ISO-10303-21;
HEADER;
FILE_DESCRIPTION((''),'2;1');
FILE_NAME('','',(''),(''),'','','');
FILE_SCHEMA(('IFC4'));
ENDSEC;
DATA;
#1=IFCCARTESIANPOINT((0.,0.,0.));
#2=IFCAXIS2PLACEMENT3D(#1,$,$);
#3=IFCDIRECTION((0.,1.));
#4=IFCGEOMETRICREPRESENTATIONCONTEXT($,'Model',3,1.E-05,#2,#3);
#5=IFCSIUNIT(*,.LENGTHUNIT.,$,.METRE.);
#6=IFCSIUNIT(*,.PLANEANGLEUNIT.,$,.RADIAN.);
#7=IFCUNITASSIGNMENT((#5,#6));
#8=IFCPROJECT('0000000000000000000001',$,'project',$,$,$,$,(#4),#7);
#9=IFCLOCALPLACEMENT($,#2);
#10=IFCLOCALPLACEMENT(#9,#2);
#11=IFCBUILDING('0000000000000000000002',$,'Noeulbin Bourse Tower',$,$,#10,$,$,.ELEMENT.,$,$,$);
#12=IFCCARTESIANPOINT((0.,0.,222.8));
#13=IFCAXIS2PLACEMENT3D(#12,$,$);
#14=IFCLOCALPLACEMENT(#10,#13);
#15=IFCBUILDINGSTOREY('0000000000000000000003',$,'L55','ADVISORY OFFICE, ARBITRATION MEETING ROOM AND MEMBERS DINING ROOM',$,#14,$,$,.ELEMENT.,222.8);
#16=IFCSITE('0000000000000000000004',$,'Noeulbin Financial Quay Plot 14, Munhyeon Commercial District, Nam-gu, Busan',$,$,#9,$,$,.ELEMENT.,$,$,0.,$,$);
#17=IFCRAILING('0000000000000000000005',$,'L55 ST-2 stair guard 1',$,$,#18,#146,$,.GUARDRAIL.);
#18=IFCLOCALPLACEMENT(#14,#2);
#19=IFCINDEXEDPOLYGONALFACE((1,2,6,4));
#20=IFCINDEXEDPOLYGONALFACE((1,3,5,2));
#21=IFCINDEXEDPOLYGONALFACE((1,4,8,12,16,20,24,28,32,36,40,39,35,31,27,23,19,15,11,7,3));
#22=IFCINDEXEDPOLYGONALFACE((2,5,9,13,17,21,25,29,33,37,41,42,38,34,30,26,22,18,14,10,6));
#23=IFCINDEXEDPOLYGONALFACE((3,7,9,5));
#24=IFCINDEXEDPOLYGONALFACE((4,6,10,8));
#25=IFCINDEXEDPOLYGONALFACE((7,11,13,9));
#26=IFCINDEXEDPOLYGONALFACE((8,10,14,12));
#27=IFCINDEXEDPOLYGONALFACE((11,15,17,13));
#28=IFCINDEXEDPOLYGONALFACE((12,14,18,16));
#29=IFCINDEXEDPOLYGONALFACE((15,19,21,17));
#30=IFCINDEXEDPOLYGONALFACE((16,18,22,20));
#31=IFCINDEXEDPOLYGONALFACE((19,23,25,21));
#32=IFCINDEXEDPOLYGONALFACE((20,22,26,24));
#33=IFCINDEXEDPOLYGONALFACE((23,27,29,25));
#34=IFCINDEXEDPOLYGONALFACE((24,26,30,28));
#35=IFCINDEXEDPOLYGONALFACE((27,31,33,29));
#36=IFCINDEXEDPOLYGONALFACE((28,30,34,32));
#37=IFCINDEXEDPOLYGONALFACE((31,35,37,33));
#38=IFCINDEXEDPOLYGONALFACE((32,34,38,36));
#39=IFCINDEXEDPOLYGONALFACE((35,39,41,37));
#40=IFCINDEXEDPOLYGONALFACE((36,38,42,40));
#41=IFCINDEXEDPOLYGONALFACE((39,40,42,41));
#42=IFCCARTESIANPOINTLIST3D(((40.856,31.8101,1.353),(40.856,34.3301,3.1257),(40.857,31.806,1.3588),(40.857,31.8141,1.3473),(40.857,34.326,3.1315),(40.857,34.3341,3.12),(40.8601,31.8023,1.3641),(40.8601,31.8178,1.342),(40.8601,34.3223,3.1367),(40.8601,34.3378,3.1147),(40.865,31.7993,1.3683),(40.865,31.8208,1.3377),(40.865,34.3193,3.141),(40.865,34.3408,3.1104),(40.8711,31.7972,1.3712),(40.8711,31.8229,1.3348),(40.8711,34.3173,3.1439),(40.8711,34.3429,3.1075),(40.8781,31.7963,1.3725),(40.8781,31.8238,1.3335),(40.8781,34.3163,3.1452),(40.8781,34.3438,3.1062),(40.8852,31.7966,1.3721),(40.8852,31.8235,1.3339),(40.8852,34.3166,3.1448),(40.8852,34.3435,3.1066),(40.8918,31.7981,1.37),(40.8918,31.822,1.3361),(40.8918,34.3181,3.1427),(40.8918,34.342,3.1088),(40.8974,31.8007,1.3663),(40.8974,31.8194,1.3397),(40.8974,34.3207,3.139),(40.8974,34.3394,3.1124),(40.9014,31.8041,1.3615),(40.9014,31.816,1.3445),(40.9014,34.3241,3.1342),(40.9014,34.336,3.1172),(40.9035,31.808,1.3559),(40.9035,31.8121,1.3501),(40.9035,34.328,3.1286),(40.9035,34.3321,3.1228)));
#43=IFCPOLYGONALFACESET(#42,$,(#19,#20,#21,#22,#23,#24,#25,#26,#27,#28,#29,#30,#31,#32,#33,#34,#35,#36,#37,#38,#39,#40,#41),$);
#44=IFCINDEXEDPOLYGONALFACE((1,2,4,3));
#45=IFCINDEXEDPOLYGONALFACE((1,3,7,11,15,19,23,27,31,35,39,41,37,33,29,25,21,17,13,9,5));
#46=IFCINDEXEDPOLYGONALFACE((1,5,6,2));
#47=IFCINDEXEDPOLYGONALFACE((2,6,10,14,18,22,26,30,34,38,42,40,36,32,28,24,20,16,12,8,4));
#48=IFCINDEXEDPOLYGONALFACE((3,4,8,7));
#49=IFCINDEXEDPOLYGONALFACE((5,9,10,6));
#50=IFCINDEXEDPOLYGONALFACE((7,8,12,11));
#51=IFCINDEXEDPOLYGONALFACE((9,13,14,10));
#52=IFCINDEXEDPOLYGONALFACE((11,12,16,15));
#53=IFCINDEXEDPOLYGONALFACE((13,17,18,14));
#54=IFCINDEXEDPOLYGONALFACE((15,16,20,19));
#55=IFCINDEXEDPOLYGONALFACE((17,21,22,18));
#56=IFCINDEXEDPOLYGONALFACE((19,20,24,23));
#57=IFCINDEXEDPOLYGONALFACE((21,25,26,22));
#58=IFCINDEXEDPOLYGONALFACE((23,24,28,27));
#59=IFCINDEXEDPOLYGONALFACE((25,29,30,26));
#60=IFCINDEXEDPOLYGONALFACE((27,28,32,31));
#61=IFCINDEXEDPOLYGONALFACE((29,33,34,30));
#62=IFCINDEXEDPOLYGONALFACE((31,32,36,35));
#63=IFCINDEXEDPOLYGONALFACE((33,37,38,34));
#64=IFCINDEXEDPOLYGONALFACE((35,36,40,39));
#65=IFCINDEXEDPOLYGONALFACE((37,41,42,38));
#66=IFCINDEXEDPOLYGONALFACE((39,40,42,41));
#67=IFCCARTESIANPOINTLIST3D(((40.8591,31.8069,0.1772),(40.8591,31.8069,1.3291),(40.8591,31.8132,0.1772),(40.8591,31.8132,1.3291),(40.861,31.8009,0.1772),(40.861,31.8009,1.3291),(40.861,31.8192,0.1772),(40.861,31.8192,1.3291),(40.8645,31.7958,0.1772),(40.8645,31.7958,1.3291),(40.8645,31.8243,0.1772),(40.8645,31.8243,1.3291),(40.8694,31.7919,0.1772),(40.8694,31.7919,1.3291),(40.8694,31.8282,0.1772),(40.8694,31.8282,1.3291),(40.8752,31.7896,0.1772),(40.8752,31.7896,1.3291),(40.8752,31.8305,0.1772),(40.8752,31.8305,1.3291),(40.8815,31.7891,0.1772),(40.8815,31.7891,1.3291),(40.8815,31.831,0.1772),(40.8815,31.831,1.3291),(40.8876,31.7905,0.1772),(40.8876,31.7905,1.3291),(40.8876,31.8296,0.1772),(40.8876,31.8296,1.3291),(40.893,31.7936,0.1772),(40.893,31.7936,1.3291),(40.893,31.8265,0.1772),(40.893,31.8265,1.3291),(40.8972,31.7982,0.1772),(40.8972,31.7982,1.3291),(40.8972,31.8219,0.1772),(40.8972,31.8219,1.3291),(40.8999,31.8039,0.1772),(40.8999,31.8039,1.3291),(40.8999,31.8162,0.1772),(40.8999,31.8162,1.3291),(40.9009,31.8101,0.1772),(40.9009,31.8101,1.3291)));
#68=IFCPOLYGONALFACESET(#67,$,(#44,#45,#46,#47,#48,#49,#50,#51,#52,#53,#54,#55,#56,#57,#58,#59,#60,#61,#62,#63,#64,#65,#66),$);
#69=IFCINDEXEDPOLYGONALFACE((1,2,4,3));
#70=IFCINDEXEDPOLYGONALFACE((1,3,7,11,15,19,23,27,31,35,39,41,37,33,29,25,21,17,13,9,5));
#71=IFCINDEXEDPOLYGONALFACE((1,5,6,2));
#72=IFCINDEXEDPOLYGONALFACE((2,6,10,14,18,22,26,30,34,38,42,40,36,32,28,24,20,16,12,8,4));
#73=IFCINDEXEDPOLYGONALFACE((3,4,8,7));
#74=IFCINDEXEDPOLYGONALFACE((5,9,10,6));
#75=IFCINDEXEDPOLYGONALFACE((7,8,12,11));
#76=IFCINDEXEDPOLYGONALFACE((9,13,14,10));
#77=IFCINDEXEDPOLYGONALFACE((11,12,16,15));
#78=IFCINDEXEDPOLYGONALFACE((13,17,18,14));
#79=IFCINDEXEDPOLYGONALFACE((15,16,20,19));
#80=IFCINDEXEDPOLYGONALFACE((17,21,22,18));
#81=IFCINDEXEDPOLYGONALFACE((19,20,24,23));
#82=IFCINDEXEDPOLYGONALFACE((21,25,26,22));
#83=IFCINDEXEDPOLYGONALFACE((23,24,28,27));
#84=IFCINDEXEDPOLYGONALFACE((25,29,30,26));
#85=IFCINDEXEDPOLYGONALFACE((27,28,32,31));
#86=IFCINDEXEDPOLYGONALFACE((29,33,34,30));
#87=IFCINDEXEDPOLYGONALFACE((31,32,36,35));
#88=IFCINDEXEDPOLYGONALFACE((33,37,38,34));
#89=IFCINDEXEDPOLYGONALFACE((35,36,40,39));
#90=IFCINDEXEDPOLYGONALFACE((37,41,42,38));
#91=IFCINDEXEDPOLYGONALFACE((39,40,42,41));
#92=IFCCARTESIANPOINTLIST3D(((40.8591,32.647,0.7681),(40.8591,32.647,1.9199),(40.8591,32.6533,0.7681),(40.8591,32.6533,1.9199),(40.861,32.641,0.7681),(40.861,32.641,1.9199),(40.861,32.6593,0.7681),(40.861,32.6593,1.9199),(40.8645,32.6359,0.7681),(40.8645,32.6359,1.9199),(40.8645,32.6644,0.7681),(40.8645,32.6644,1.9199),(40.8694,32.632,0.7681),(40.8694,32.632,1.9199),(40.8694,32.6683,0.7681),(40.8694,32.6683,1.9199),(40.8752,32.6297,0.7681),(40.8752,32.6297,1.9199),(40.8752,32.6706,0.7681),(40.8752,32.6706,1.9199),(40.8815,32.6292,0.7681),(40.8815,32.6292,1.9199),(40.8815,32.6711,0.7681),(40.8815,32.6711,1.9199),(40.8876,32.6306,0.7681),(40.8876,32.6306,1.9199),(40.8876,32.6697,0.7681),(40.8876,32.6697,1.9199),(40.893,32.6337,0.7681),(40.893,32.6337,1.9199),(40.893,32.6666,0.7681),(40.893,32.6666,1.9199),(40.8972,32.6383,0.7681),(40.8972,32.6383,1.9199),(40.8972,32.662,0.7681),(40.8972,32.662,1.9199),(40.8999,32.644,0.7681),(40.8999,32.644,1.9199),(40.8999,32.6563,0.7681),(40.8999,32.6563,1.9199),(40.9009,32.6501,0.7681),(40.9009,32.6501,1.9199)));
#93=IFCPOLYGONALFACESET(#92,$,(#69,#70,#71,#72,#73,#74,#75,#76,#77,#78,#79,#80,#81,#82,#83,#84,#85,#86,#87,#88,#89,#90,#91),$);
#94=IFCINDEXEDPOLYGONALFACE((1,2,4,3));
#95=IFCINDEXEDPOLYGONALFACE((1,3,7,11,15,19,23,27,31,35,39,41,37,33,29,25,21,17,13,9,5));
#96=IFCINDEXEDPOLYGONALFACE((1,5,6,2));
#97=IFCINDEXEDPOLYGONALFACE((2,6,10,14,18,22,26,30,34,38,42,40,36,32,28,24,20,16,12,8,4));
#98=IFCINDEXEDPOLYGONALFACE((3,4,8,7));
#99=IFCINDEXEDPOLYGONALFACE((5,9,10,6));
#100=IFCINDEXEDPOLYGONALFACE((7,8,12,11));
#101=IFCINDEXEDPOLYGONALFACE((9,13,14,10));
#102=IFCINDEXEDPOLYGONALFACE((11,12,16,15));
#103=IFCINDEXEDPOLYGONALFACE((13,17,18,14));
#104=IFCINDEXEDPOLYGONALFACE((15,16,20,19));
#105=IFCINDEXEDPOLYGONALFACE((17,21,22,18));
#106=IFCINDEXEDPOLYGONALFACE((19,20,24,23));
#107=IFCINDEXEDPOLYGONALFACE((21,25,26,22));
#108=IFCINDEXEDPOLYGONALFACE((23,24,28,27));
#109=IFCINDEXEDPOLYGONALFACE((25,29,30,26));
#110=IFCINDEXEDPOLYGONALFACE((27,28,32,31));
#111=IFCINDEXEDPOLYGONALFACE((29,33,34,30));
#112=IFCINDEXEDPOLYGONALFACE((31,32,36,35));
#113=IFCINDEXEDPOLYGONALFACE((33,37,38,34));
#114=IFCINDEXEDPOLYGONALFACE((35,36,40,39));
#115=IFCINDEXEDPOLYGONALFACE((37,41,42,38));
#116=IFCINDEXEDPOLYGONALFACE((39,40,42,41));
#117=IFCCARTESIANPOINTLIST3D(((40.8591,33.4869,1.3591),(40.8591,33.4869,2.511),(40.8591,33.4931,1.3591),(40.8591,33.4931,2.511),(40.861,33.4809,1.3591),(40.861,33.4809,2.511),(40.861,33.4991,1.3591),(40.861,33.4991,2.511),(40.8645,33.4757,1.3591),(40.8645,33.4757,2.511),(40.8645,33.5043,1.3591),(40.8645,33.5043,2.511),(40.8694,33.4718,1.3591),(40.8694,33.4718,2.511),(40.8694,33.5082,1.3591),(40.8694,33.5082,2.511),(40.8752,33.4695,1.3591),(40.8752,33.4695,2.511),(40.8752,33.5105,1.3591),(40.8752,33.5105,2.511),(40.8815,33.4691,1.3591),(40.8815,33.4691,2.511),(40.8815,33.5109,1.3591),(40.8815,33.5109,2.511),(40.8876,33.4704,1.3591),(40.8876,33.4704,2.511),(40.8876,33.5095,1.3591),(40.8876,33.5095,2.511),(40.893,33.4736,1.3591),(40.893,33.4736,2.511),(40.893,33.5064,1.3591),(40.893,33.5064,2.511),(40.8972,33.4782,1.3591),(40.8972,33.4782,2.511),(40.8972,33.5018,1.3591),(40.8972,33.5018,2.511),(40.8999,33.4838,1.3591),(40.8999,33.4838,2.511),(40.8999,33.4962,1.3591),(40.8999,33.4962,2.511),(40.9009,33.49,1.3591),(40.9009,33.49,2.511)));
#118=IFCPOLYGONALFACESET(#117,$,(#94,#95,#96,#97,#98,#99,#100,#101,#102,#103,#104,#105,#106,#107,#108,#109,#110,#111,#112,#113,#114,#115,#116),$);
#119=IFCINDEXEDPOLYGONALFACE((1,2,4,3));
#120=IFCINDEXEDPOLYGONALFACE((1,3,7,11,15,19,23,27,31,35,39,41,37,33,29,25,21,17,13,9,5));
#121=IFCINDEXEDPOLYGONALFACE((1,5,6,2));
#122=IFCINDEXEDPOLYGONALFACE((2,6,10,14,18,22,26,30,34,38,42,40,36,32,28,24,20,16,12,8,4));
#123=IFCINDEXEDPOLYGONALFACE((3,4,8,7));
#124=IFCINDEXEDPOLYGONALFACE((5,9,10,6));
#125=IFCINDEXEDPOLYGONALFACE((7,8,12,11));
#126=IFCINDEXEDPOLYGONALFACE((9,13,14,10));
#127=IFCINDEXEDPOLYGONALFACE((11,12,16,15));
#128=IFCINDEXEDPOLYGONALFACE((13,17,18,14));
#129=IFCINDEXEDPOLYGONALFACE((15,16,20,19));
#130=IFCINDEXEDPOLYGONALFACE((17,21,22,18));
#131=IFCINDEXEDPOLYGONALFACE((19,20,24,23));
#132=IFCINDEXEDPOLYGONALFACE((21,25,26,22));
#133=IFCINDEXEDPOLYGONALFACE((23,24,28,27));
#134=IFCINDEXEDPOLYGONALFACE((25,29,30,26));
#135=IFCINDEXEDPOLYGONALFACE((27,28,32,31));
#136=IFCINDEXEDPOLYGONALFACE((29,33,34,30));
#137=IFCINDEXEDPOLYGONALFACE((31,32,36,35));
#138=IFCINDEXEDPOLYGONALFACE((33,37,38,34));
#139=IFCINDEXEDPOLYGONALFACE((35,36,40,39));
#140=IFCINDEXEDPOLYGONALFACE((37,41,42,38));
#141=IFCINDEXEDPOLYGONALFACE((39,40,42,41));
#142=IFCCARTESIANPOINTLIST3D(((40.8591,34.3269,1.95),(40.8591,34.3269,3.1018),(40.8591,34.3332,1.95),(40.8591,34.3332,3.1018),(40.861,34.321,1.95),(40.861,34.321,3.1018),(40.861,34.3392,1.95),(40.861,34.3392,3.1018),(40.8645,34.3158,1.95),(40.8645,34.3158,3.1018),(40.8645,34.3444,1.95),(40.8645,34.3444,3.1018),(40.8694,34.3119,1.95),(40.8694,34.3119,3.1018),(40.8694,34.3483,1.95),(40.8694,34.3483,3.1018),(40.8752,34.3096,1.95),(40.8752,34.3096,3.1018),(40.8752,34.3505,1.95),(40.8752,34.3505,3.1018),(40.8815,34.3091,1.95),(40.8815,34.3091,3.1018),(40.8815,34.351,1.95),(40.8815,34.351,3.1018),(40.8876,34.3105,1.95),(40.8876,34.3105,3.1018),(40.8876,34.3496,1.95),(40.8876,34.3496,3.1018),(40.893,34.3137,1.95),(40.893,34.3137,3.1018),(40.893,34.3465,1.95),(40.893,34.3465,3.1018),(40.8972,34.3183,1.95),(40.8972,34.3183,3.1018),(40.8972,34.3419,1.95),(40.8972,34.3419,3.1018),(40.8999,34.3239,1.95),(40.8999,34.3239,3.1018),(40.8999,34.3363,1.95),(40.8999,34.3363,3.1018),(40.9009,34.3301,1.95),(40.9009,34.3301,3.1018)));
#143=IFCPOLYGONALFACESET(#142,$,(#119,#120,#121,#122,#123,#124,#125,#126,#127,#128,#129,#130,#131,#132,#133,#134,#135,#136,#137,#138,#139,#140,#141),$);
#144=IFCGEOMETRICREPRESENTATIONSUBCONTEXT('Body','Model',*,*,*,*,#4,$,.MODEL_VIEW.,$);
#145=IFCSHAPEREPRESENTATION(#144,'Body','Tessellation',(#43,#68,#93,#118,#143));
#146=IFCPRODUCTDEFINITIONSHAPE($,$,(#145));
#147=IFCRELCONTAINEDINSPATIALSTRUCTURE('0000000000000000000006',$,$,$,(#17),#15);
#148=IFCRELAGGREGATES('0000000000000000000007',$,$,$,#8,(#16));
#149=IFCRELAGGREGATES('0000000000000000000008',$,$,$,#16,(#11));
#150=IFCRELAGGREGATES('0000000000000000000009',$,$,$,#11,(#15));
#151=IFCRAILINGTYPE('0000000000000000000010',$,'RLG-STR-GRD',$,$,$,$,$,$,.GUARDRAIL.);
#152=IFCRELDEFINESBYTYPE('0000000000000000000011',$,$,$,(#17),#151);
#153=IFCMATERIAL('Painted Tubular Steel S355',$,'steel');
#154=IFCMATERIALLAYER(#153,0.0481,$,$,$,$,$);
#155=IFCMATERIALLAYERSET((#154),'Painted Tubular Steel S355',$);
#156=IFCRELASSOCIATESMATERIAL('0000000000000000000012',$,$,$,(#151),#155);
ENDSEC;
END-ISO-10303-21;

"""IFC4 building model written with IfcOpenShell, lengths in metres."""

from ifc_helpers import new_model, si_unit, direction, frame, origin, origin_2d, place, context, subcontext, project, spatial, circle, extrude, material, layer, layer_set, type_object, element, save


model = new_model("IFC4")

# Units and contexts
model_context = context("Model", 3, precision=1e-05, world=origin(), true_north=direction((0.0, 1.0)))
body_context = subcontext(model_context, "Body", "Model", "MODEL_VIEW")
ifc_project = project(units=[si_unit("LENGTHUNIT", "METRE"), si_unit("PLANEANGLEUNIT", "RADIAN")], contexts=[model_context])

# Site, building, storey
site_placement = place(None, origin())
site = spatial("IfcSite", under=ifc_project, at=site_placement, Name="Noeulbin Financial Quay Plot 14, Munhyeon Commercial District, Nam-gu, Busan", CompositionType="ELEMENT", RefElevation=0.0)
building_placement = place(site_placement, origin())
building = spatial("IfcBuilding", under=site, at=building_placement, Name="Noeulbin Bourse Tower", CompositionType="ELEMENT")
storey_placement = place(building_placement, frame((0.0, 0.0, 222.8)))
storey = spatial("IfcBuildingStorey", under=building, at=storey_placement, Name="L55", Description="ADVISORY OFFICE, ARBITRATION MEETING ROOM AND MEMBERS DINING ROOM", CompositionType="ELEMENT", Elevation=222.8)

# Railing
ifc_material_1 = material(Name="Painted Tubular Steel S355", Category="steel")
ifc_layer_1 = layer(ifc_material_1, 0.0481)
ifc_layer_set_1 = layer_set([ifc_layer_1], Name="Painted Tubular Steel S355")
railing_type_1 = type_object("IfcRailingType", Name="RLG-STR-GRD", PredefinedType="GUARDRAIL", material=ifc_layer_set_1)
railing_1_placement = place(storey_placement, frame((40.8799, 31.8101, 0.1772)))
element("IfcRailing", 1, at=railing_1_placement, inside=storey, type_object=railing_type_1, Name="L55 ST-2 stair guard 1", PredefinedType="GUARDRAIL", context=body_context, shape_type="SweptSolid", body=[
    extrude(circle(Radius=0.0239, at=origin_2d()), frame((0.0, 0.0, 1.1758), z_axis=(0.0, 0.817904, 0.575354), x_axis=(-1.0, 0.0, 0.0)), (0.0, 0.0, 1.0), 3.0811),
    extrude(circle(Radius=0.021, at=origin_2d()), origin(), (0.0, 0.0, 1.0), 1.1519),
    extrude(circle(Radius=0.021, at=origin_2d()), frame((0.0, 0.8401, 0.5908)), (0.0, 0.0, 1.0), 1.1519),
    extrude(circle(Radius=0.021, at=origin_2d()), frame((0.0, 1.6799, 1.1819)), (0.0, 0.0, 1.0), 1.1519),
    extrude(circle(Radius=0.021, at=origin_2d()), frame((0.0, 2.52, 1.7727)), (0.0, 0.0, 1.0), 1.1519),
])

save(model, "model.ifc")
